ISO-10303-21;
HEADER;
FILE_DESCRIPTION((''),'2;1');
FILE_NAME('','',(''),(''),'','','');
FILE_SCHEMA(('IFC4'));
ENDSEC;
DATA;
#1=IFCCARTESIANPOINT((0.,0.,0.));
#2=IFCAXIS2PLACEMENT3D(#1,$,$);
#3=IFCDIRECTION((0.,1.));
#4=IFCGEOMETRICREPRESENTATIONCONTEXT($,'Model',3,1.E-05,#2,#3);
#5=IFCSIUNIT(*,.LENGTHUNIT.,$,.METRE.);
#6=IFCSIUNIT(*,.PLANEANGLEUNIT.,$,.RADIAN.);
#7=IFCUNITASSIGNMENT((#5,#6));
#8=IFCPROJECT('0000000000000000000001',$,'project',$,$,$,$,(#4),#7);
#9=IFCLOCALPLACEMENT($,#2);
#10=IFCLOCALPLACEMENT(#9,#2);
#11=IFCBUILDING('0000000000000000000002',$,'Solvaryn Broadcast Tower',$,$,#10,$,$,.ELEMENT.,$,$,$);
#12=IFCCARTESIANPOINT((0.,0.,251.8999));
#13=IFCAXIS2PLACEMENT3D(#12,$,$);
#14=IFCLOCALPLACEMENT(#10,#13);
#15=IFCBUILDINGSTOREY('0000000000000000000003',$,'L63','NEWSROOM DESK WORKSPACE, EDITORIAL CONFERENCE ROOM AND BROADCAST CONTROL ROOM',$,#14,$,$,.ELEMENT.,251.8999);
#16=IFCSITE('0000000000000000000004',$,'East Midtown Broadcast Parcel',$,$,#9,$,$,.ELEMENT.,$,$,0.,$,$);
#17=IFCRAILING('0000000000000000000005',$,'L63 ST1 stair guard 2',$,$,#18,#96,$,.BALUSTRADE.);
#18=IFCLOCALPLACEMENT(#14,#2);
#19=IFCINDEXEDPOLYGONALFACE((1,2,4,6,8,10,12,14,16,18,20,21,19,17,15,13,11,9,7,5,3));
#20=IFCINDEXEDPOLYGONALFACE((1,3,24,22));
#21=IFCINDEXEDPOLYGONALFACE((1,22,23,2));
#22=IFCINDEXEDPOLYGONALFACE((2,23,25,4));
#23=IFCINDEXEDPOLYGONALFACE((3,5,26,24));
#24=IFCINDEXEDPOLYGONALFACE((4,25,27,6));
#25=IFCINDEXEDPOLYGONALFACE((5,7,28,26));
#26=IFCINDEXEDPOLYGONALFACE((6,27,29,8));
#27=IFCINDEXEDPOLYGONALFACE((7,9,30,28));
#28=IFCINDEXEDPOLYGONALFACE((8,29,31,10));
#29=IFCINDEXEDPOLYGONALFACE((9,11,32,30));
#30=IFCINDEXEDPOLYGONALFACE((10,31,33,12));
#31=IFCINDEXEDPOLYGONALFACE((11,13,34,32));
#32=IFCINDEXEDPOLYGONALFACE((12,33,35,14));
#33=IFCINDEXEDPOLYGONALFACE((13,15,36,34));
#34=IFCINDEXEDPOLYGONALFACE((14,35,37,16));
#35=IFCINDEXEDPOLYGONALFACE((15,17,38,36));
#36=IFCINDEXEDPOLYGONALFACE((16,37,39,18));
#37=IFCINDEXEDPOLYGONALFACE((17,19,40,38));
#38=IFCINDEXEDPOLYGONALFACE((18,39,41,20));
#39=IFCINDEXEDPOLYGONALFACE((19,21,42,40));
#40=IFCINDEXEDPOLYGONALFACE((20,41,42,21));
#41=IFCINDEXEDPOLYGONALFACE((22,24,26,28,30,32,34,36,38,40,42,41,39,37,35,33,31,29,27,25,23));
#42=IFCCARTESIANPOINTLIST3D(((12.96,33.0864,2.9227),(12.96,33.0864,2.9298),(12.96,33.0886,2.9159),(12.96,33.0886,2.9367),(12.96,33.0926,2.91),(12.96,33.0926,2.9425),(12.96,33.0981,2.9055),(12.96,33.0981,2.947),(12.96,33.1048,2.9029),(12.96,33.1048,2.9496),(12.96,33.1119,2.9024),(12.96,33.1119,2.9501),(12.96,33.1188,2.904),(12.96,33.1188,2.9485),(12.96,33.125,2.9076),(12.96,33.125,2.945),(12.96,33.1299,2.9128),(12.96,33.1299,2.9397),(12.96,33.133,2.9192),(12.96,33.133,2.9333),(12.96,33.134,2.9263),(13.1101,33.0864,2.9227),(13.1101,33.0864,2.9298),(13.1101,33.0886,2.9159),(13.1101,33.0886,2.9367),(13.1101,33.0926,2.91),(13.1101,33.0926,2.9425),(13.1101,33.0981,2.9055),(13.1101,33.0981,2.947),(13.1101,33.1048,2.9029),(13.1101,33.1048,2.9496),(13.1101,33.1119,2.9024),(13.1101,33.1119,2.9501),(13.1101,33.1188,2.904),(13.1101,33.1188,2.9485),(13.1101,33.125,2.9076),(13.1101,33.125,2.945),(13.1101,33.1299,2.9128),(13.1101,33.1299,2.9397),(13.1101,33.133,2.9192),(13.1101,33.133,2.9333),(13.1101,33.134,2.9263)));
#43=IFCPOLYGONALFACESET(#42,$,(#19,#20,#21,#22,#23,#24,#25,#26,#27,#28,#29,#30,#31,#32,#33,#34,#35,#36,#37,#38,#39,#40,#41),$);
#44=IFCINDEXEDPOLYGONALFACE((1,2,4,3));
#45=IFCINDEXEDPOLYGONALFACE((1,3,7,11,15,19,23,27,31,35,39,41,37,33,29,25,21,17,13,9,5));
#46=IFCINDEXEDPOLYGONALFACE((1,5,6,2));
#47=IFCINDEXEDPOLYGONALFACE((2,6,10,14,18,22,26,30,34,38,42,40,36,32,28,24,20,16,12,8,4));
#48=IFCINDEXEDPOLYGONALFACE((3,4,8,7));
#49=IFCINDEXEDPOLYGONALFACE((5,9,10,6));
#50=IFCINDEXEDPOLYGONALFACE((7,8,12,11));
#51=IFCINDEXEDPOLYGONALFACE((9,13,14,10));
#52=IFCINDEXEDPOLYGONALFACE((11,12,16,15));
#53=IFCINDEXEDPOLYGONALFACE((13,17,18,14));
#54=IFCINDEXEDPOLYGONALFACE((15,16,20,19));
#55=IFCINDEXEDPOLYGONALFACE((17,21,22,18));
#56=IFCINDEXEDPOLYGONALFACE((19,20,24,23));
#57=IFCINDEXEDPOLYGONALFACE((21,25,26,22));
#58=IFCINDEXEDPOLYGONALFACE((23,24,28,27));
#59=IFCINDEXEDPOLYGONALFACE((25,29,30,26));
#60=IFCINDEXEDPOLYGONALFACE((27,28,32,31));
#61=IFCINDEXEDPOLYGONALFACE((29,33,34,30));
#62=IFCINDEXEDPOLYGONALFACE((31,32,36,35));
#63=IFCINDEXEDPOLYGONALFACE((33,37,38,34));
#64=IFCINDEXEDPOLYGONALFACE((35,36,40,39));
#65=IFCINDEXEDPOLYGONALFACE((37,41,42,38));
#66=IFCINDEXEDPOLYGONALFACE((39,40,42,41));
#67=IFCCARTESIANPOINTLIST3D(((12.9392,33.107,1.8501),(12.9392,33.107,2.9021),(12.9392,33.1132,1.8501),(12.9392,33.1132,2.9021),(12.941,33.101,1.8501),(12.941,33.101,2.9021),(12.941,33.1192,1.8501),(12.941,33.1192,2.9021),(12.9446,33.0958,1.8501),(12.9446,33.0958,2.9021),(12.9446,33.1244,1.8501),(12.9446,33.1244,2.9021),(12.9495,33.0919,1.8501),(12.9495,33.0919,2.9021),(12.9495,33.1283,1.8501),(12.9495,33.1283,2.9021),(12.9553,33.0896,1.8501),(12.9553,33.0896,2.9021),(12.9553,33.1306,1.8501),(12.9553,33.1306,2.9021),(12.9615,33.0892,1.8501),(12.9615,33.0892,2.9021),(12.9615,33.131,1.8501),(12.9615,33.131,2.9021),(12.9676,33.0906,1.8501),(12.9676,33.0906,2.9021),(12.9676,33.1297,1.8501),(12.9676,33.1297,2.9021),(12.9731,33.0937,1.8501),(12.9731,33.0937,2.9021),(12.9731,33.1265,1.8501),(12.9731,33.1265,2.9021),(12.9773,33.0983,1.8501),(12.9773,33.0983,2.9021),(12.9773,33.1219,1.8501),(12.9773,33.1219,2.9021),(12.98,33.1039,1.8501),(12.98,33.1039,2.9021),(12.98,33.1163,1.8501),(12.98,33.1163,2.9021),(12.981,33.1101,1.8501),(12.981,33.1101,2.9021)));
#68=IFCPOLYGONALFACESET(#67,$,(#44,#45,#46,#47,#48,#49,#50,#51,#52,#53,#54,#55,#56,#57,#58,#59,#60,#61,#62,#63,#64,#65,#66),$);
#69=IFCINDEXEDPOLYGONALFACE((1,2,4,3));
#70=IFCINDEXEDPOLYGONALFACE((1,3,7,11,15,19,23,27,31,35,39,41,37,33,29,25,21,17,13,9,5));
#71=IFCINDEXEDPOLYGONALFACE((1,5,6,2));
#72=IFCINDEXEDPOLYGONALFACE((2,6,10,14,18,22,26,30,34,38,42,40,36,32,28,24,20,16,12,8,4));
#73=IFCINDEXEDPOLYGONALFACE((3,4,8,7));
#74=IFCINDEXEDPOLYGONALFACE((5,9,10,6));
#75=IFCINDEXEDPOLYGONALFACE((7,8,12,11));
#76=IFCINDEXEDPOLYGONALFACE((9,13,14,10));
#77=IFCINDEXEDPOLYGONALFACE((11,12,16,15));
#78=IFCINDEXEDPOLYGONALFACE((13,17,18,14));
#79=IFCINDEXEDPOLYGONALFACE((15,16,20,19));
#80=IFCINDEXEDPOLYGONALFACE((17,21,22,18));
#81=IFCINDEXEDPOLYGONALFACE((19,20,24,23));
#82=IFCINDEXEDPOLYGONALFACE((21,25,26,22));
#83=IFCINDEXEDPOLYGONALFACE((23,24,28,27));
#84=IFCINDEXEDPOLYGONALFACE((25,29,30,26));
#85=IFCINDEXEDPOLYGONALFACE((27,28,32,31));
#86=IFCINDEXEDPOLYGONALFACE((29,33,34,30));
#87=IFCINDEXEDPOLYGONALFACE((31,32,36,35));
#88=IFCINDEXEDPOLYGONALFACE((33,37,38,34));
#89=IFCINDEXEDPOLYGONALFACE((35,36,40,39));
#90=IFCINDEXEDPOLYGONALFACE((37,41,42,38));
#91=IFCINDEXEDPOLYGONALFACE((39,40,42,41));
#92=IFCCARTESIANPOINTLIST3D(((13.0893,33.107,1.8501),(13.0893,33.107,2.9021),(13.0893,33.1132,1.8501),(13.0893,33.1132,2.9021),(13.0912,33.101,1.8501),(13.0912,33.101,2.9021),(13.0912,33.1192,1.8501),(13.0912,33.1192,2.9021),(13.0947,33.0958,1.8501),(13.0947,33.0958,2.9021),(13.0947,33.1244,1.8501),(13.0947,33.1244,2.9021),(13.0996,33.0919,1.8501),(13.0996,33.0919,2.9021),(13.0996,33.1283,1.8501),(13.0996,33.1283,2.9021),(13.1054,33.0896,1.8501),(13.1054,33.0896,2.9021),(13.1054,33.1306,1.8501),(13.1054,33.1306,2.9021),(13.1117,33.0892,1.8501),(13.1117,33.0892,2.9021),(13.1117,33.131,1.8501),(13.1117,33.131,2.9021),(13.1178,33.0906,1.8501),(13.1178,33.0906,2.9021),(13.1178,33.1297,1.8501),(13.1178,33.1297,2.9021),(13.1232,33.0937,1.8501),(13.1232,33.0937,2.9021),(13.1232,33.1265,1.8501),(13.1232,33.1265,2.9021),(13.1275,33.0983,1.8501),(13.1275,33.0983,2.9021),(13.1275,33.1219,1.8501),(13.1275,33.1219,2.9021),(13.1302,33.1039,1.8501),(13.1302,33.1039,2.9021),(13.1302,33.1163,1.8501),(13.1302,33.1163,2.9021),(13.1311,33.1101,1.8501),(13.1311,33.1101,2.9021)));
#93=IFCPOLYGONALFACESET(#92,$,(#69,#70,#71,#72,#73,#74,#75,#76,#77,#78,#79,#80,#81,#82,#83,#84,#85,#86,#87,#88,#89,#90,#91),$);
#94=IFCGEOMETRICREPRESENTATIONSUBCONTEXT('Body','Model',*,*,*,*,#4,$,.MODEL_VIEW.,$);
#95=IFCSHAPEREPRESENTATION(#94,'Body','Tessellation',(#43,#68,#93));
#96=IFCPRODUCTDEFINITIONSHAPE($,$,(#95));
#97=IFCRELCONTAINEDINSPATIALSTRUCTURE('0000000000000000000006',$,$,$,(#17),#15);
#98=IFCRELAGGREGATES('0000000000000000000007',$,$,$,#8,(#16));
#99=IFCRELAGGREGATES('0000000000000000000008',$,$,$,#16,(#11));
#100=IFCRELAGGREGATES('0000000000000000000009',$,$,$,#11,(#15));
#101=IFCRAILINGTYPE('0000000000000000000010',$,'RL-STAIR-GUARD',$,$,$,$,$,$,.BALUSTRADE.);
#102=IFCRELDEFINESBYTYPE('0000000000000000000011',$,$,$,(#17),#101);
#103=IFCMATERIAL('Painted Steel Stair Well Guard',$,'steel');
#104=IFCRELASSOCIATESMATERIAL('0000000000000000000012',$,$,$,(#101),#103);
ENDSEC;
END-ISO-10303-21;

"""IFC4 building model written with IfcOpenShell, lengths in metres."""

from ifc_helpers import new_model, si_unit, direction, frame, origin, origin_2d, place, context, subcontext, project, spatial, circle, extrude, material, type_object, element, save


model = new_model("IFC4")

# Units and contexts
model_context = context("Model", 3, precision=1e-05, world=origin(), true_north=direction((0.0, 1.0)))
body_context = subcontext(model_context, "Body", "Model", "MODEL_VIEW")
ifc_project = project(units=[si_unit("LENGTHUNIT", "METRE"), si_unit("PLANEANGLEUNIT", "RADIAN")], contexts=[model_context])

# Site, building, storey
site_placement = place(None, origin())
site = spatial("IfcSite", under=ifc_project, at=site_placement, Name="East Midtown Broadcast Parcel", CompositionType="ELEMENT", RefElevation=0.0)
building_placement = place(site_placement, origin())
building = spatial("IfcBuilding", under=site, at=building_placement, Name="Solvaryn Broadcast Tower", CompositionType="ELEMENT")
storey_placement = place(building_placement, frame((0.0, 0.0, 251.8999)))
storey = spatial("IfcBuildingStorey", under=building, at=storey_placement, Name="L63", Description="NEWSROOM DESK WORKSPACE, EDITORIAL CONFERENCE ROOM AND BROADCAST CONTROL ROOM", CompositionType="ELEMENT", Elevation=251.8999)

# Railing
ifc_material_1 = material(Name="Painted Steel Stair Well Guard", Category="steel")
railing_type_1 = type_object("IfcRailingType", Name="RL-STAIR-GUARD", PredefinedType="BALUSTRADE", material=ifc_material_1)
railing_1_placement = place(storey_placement, frame((12.96, 33.1101, 1.8501)))
element("IfcRailing", 1, at=railing_1_placement, inside=storey, type_object=railing_type_1, Name="L63 ST1 stair guard 2", PredefinedType="BALUSTRADE", context=body_context, shape_type="SweptSolid", body=[
    extrude(circle(Radius=0.0239, at=origin_2d()), frame((0.0, 0.0, 1.0762), z_axis=(1.0, 0.0, 0.0), x_axis=(0.0, 1.0, 0.0)), (0.0, 0.0, 1.0), 0.1501),
    extrude(circle(Radius=0.021, at=origin_2d()), origin(), (0.0, 0.0, 1.0), 1.052),
    extrude(circle(Radius=0.021, at=origin_2d()), frame((0.1501, 0.0, 0.0)), (0.0, 0.0, 1.0), 1.052),
])

save(model, "model.ifc")
